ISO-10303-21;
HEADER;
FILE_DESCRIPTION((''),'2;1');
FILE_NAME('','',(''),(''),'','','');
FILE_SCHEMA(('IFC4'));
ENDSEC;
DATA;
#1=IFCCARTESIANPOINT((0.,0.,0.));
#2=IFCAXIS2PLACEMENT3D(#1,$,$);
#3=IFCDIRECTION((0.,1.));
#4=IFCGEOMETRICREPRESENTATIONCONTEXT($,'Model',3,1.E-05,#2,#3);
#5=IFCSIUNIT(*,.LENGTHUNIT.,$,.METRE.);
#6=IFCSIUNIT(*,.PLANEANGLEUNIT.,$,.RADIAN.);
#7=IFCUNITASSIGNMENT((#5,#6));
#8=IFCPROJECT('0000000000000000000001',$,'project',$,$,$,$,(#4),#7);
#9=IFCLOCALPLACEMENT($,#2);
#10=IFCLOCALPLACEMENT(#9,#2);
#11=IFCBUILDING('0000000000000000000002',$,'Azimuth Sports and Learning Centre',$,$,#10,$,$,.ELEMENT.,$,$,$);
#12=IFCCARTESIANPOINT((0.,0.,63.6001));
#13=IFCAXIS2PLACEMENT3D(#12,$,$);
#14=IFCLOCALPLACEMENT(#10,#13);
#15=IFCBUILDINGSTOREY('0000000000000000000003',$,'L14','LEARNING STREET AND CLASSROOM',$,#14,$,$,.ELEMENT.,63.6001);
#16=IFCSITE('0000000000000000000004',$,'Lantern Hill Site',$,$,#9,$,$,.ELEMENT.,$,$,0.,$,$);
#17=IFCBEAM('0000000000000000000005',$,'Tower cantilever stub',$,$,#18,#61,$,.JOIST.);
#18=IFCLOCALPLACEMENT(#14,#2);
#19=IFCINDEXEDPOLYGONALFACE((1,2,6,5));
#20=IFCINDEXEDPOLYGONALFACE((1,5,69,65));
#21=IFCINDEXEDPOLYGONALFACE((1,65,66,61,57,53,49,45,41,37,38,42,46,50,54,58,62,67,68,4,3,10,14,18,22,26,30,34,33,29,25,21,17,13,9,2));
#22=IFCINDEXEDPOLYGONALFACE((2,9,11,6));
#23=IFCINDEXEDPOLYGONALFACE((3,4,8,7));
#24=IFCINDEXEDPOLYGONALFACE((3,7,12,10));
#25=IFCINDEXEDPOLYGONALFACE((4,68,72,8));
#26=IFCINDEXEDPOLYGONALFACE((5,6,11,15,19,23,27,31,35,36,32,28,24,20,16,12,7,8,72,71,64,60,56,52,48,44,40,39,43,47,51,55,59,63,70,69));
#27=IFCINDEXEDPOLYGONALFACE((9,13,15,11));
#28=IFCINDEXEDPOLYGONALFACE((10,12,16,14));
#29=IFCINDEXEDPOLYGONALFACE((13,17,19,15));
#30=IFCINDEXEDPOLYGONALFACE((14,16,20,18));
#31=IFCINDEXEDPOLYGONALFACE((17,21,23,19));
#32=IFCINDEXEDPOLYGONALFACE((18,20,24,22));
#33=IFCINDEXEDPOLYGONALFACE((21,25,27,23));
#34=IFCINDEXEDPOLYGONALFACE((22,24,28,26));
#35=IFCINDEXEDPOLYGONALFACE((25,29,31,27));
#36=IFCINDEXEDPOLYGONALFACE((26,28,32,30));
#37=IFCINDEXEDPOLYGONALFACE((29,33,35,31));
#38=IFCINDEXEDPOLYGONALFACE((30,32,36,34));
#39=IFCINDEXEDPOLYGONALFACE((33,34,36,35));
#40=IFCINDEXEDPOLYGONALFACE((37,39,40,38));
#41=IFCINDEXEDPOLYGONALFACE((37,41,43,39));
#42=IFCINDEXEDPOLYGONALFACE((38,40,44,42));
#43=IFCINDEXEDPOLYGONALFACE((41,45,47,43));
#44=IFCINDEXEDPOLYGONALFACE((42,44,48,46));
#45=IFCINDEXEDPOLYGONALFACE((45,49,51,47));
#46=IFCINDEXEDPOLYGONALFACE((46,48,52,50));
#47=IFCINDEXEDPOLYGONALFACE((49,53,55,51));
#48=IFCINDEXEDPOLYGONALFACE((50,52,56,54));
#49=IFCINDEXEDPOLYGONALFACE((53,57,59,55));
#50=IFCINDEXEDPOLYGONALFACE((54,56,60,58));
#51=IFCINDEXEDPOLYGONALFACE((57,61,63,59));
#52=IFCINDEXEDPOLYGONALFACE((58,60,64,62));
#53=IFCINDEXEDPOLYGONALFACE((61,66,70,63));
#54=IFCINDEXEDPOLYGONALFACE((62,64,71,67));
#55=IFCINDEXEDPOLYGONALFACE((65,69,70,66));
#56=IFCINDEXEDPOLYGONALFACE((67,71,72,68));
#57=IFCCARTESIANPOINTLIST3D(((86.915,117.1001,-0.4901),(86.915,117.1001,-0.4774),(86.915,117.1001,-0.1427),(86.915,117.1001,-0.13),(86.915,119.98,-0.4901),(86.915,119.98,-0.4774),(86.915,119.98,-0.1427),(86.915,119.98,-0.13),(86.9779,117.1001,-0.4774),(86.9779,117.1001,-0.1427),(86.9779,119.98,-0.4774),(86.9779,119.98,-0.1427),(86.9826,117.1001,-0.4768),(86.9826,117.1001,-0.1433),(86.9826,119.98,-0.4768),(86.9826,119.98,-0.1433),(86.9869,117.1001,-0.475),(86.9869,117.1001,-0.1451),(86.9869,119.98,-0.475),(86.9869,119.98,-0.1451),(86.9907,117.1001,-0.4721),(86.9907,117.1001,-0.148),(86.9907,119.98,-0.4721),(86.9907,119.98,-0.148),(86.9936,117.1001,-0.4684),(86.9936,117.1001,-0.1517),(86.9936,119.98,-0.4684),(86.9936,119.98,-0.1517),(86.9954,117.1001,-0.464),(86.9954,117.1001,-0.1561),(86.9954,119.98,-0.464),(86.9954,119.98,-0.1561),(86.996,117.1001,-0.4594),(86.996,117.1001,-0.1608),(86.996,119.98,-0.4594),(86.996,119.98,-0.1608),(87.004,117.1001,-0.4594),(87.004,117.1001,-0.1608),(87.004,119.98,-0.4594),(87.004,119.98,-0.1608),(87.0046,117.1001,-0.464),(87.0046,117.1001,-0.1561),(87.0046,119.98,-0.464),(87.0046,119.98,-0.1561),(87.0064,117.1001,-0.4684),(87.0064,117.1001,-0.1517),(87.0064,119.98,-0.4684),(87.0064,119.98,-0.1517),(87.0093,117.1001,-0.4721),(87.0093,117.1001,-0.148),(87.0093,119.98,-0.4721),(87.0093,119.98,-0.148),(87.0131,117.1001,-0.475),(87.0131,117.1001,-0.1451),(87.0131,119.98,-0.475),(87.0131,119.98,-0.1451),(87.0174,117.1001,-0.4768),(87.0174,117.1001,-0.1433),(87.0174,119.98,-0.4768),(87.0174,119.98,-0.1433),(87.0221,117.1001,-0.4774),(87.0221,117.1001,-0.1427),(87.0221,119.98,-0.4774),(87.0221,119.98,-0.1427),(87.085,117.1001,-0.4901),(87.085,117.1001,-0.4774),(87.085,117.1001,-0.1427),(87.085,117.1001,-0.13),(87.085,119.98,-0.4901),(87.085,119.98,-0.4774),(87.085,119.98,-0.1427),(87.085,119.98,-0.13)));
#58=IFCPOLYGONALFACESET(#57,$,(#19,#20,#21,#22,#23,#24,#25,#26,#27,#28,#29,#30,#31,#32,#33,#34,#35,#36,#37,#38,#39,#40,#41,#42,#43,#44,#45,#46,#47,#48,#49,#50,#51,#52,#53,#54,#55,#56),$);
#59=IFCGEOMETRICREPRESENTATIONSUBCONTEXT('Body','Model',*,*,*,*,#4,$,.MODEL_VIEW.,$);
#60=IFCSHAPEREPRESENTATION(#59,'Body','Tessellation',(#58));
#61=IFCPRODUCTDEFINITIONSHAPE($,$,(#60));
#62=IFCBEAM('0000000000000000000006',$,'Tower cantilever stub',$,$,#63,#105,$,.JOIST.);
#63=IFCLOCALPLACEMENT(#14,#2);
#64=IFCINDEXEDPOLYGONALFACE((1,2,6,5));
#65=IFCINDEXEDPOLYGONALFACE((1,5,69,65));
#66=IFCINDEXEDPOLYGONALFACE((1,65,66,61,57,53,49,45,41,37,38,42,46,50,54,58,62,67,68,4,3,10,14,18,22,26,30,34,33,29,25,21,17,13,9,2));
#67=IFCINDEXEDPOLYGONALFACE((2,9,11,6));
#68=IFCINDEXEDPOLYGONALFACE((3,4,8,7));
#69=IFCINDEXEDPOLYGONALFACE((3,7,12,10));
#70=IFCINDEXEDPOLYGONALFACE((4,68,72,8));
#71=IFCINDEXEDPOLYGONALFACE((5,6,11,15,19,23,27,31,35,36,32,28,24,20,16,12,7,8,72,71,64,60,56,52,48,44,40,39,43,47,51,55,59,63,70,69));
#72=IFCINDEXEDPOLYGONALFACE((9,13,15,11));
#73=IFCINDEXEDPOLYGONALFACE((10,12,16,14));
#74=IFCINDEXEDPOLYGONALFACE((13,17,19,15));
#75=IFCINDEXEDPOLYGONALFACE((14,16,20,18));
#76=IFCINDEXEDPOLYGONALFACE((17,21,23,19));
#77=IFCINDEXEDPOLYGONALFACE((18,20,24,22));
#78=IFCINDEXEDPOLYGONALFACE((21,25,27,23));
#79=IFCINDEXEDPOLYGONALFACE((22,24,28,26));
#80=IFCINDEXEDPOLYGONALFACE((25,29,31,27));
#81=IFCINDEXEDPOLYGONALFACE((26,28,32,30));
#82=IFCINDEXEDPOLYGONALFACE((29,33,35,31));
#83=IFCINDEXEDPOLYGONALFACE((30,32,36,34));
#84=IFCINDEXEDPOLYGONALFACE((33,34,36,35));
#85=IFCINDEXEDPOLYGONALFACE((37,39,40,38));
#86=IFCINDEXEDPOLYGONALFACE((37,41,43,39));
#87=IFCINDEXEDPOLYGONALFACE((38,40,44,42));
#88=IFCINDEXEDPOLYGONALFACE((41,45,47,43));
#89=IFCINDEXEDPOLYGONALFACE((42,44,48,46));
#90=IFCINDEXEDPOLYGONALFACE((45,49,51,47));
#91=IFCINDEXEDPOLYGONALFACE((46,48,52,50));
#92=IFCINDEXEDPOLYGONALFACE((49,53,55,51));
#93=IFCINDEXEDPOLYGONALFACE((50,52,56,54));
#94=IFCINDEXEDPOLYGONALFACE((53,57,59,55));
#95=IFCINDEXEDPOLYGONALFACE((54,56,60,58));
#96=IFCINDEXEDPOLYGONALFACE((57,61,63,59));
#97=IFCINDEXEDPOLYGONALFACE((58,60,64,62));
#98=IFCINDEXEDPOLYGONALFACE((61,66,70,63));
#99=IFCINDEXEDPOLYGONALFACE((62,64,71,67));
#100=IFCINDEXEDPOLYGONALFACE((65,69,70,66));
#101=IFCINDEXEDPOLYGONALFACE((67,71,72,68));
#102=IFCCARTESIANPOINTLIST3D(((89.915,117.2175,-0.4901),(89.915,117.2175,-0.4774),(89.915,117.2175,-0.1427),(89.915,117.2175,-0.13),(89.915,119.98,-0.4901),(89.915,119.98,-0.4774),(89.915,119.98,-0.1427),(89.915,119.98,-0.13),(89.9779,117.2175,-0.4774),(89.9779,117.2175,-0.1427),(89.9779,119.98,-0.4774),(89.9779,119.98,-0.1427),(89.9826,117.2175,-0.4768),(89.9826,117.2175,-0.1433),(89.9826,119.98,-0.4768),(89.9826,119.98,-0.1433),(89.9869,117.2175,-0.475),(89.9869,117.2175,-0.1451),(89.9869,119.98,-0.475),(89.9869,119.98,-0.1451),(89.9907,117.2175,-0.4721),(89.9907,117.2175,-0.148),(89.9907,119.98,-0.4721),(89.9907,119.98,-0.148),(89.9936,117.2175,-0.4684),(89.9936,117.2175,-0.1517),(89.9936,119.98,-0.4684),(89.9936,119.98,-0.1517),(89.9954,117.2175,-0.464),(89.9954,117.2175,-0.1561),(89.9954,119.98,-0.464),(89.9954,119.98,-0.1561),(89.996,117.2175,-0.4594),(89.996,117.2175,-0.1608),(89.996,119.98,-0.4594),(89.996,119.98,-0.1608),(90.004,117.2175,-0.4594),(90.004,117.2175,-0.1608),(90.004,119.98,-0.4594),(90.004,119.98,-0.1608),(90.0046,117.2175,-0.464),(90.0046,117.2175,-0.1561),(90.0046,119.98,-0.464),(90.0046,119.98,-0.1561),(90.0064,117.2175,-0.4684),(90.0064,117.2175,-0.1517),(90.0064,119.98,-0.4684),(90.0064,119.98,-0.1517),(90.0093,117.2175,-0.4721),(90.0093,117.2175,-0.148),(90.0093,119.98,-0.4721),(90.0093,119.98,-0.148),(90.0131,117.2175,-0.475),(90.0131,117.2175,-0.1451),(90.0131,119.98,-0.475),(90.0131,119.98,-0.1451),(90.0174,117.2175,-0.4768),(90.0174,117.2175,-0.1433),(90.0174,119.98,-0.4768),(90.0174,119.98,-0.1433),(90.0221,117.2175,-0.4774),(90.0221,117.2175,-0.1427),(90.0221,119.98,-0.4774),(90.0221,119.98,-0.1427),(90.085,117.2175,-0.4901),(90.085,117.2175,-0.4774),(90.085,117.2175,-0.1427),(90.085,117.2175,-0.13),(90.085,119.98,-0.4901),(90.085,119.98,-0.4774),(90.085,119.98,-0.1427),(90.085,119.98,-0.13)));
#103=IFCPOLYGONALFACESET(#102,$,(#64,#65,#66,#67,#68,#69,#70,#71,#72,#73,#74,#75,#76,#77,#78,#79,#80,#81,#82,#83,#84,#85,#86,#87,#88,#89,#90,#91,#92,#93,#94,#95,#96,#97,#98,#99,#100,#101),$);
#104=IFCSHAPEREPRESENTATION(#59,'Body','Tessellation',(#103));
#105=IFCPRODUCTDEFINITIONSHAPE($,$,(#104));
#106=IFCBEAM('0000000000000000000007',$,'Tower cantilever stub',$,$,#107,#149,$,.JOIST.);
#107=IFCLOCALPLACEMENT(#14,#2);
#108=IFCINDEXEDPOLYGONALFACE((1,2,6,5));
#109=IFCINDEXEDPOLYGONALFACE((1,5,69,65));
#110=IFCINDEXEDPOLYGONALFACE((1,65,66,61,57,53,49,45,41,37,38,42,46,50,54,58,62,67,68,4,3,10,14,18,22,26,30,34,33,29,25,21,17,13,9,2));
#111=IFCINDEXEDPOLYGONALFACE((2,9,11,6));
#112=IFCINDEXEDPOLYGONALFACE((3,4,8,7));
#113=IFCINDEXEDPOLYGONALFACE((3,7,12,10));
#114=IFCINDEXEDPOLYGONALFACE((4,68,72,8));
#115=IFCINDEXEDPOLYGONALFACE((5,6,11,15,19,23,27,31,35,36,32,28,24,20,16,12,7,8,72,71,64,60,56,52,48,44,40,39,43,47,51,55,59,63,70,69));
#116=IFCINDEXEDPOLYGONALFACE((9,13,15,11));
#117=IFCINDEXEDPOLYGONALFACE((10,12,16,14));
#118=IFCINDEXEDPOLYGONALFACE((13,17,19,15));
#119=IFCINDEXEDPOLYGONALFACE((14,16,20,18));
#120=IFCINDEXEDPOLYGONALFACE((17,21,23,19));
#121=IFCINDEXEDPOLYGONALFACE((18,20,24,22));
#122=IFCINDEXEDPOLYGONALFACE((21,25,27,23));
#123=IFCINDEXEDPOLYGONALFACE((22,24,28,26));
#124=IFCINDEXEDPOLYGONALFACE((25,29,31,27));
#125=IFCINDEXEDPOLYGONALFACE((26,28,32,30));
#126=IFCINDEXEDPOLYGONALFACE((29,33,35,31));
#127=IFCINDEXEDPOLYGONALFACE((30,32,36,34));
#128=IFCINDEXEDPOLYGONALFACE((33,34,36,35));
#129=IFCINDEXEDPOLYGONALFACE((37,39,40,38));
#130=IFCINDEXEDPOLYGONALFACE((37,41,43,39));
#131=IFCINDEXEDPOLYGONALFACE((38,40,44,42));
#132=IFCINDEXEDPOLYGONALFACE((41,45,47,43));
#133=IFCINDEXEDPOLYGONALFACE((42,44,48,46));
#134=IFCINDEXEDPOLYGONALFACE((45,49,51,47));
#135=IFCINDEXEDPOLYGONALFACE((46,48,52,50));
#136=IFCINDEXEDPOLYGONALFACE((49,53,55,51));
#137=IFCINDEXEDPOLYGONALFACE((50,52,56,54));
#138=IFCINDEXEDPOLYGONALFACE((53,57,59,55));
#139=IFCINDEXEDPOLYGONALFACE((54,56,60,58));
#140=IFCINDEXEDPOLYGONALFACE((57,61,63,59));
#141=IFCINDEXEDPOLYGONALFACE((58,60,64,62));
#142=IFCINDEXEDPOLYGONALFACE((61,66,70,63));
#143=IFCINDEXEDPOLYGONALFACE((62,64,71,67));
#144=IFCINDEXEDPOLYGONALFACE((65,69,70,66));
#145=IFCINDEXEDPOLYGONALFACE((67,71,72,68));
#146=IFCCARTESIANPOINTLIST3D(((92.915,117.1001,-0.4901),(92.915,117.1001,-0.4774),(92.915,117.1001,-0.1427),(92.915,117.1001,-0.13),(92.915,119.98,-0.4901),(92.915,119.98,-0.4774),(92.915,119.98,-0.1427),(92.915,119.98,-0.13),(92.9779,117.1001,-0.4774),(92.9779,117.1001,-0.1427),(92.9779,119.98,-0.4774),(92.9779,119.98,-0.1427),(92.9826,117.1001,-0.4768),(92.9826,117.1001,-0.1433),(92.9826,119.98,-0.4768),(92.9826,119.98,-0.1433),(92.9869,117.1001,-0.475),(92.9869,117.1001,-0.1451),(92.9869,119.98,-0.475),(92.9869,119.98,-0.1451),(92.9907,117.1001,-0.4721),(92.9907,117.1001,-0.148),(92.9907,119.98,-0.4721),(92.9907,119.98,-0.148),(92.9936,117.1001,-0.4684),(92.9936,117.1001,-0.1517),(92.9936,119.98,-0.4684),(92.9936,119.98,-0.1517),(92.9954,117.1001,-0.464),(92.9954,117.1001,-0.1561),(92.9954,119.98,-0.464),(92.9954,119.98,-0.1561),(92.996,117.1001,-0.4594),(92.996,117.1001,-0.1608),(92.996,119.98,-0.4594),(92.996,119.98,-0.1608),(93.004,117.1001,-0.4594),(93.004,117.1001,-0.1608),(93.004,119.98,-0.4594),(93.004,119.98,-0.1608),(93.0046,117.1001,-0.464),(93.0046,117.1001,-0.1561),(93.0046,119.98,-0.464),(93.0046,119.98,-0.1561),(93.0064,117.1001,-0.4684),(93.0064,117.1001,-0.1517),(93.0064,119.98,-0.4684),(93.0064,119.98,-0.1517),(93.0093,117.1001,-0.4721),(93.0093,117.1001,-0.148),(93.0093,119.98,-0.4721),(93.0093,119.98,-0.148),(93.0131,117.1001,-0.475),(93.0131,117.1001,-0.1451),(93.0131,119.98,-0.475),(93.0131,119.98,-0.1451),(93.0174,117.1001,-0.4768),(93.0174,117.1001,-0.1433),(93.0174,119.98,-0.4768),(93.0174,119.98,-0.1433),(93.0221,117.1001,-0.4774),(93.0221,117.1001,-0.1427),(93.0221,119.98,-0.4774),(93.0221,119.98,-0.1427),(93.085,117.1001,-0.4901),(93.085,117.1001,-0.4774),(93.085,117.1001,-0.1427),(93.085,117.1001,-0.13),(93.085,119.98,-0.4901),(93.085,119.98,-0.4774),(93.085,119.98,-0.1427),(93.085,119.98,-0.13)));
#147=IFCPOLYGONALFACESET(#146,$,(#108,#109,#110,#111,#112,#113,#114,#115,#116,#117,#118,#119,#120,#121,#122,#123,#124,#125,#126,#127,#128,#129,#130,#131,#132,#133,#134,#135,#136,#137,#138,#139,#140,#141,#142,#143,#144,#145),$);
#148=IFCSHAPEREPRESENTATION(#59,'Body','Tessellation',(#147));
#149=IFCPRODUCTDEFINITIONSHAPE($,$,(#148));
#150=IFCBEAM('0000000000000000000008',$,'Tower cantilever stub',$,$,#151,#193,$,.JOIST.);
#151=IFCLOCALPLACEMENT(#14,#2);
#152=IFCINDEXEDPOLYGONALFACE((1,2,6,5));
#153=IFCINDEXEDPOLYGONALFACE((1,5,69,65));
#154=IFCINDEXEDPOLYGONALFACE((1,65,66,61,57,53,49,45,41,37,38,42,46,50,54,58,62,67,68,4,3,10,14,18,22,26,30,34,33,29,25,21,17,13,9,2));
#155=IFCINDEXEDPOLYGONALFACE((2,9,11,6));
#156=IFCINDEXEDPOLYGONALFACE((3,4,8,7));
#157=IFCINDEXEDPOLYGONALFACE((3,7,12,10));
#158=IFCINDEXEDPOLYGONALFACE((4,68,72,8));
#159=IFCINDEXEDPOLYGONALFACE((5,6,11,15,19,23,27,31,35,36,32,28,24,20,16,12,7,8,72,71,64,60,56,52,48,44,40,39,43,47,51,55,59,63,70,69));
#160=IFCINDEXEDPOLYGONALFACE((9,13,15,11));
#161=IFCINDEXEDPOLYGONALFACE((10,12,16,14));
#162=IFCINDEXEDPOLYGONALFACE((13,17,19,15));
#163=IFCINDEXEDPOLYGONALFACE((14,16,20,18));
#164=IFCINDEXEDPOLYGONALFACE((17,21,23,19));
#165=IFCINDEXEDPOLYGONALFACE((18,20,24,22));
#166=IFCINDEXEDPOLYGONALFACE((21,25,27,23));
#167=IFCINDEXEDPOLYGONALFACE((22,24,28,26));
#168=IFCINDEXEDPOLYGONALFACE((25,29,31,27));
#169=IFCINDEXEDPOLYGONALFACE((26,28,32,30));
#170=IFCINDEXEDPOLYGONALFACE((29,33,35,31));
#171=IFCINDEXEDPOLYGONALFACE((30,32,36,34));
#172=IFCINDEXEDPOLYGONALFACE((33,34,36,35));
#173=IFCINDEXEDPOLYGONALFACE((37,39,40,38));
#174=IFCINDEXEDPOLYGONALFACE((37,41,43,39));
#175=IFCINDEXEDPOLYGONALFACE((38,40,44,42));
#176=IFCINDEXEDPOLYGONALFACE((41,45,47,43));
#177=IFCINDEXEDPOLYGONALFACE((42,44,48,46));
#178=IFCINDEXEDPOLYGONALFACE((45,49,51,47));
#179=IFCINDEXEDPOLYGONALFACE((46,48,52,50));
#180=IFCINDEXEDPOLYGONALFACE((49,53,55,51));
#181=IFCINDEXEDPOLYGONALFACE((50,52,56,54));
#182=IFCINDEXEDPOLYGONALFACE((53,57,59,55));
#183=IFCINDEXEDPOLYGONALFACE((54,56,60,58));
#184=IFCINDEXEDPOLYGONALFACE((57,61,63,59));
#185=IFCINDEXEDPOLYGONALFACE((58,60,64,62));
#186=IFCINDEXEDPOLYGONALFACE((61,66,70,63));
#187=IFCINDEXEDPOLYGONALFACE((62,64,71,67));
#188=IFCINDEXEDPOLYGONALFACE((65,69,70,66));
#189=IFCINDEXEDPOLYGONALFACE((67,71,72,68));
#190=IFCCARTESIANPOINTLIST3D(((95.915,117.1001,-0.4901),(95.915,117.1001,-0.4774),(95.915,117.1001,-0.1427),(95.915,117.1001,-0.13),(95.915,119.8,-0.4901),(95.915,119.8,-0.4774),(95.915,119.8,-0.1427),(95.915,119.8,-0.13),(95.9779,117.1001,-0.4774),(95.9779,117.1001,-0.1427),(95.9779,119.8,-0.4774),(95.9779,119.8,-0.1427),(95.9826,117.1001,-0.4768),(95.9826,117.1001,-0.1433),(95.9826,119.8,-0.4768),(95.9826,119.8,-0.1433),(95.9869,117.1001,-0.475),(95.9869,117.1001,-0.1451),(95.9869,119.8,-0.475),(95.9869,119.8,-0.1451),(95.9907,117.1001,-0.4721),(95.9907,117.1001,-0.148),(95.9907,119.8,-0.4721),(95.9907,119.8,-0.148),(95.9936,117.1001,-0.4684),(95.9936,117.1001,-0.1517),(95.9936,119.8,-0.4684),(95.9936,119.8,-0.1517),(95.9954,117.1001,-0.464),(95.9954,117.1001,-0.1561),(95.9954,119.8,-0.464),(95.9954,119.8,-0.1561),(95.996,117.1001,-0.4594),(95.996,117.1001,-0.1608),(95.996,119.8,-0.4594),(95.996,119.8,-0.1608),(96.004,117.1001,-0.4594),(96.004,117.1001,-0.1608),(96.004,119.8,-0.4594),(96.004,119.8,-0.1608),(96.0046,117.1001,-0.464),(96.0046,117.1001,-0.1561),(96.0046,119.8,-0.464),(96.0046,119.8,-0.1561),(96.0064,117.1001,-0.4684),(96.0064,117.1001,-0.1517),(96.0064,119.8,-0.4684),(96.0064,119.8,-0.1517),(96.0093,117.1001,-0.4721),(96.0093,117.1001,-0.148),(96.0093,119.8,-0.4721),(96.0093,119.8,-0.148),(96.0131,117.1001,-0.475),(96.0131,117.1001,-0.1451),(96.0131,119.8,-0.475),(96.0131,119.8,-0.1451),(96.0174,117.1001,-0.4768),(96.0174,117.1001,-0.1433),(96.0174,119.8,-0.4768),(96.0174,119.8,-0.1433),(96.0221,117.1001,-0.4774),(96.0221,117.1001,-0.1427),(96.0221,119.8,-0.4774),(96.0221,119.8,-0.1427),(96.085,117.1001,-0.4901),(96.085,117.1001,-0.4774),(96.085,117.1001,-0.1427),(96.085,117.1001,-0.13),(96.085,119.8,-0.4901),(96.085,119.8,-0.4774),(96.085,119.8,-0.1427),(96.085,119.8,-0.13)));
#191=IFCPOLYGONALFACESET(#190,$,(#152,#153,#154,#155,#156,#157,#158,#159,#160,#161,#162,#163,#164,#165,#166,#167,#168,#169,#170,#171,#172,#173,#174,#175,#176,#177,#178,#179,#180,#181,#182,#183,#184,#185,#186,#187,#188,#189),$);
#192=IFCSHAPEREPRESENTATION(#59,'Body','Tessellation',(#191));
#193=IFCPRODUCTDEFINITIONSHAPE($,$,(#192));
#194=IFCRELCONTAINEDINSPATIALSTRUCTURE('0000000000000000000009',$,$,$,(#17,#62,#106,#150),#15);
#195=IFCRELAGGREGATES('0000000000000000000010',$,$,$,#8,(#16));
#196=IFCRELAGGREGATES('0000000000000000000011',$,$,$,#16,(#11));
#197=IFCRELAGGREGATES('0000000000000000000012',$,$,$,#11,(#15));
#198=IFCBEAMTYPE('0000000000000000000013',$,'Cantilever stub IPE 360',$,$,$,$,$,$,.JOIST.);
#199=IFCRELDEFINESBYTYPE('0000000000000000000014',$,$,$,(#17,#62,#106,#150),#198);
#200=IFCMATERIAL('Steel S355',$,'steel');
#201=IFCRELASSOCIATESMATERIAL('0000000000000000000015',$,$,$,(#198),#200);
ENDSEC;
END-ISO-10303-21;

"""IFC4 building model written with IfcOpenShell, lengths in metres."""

from ifc_helpers import new_model, si_unit, direction, frame, origin, origin_2d, place, context, subcontext, project, spatial, i_section, extrude, material, material_profile, profile_set, type_object, element, save


model = new_model("IFC4")

# Units and contexts
model_context = context("Model", 3, precision=1e-05, world=origin(), true_north=direction((0.0, 1.0)))
body_context = subcontext(model_context, "Body", "Model", "MODEL_VIEW")
ifc_project = project(units=[si_unit("LENGTHUNIT", "METRE"), si_unit("PLANEANGLEUNIT", "RADIAN")], contexts=[model_context])

# Site, building, storey
site_placement = place(None, origin())
site = spatial("IfcSite", under=ifc_project, at=site_placement, Name="Lantern Hill Site", CompositionType="ELEMENT", RefElevation=0.0)
building_placement = place(site_placement, origin())
building = spatial("IfcBuilding", under=site, at=building_placement, Name="Azimuth Sports and Learning Centre", CompositionType="ELEMENT")
storey_placement = place(building_placement, frame((0.0, 0.0, 63.6001)))
storey = spatial("IfcBuildingStorey", under=building, at=storey_placement, Name="L14", Description="LEARNING STREET AND CLASSROOM", CompositionType="ELEMENT", Elevation=63.6001)

# Beams
ifc_material_1 = material(Name="Steel S355", Category="steel")
ifc_material_profile_1 = material_profile(ifc_material_1, i_section(OverallWidth=0.1699, OverallDepth=0.3601, WebThickness=0.0081, FlangeThickness=0.0127, FilletRadius=0.0181, at=origin_2d()), Name="IPE 360")
ifc_profile_set_1 = profile_set([ifc_material_profile_1], Name="Steel S355")
beam_type_1 = type_object("IfcBeamType", Name="Cantilever stub IPE 360", PredefinedType="JOIST", material=ifc_profile_set_1)
beam_1_placement = place(storey_placement, frame((87.0, 117.1001, -0.3101), z_axis=(0.0, 1.0, 0.0), x_axis=(-1.0, 0.0, 0.0)))
element("IfcBeam", 1, at=beam_1_placement, inside=storey, type_object=beam_type_1, Name="Tower cantilever stub", PredefinedType="JOIST", context=body_context, shape_type="SweptSolid", body=[
    extrude(i_section(OverallWidth=0.1699, OverallDepth=0.3601, WebThickness=0.0081, FlangeThickness=0.0127, FilletRadius=0.0181, at=origin_2d()), origin(), (0.0, 0.0, 1.0), 2.8799),
])
beam_2_placement = place(storey_placement, frame((90.0, 117.2175, -0.3101), z_axis=(0.0, 1.0, 0.0), x_axis=(-1.0, 0.0, 0.0)))
element("IfcBeam", 2, at=beam_2_placement, inside=storey, type_object=beam_type_1, Name="Tower cantilever stub", PredefinedType="JOIST", context=body_context, shape_type="SweptSolid", body=[
    extrude(i_section(OverallWidth=0.1699, OverallDepth=0.3601, WebThickness=0.0081, FlangeThickness=0.0127, FilletRadius=0.0181, at=origin_2d()), origin(), (0.0, 0.0, 1.0), 2.7625),
])
beam_3_placement = place(storey_placement, frame((93.0, 117.1001, -0.3101), z_axis=(0.0, 1.0, 0.0), x_axis=(-1.0, 0.0, 0.0)))
element("IfcBeam", 3, at=beam_3_placement, inside=storey, type_object=beam_type_1, Name="Tower cantilever stub", PredefinedType="JOIST", context=body_context, shape_type="SweptSolid", body=[
    extrude(i_section(OverallWidth=0.1699, OverallDepth=0.3601, WebThickness=0.0081, FlangeThickness=0.0127, FilletRadius=0.0181, at=origin_2d()), origin(), (0.0, 0.0, 1.0), 2.8799),
])
beam_4_placement = place(storey_placement, frame((96.0, 117.1001, -0.3101), z_axis=(0.0, 1.0, 0.0), x_axis=(-1.0, 0.0, 0.0)))
element("IfcBeam", 4, at=beam_4_placement, inside=storey, type_object=beam_type_1, Name="Tower cantilever stub", PredefinedType="JOIST", context=body_context, shape_type="SweptSolid", body=[
    extrude(i_section(OverallWidth=0.1699, OverallDepth=0.3601, WebThickness=0.0081, FlangeThickness=0.0127, FilletRadius=0.0181, at=origin_2d()), origin(), (0.0, 0.0, 1.0), 2.7),
])

save(model, "model.ifc")
